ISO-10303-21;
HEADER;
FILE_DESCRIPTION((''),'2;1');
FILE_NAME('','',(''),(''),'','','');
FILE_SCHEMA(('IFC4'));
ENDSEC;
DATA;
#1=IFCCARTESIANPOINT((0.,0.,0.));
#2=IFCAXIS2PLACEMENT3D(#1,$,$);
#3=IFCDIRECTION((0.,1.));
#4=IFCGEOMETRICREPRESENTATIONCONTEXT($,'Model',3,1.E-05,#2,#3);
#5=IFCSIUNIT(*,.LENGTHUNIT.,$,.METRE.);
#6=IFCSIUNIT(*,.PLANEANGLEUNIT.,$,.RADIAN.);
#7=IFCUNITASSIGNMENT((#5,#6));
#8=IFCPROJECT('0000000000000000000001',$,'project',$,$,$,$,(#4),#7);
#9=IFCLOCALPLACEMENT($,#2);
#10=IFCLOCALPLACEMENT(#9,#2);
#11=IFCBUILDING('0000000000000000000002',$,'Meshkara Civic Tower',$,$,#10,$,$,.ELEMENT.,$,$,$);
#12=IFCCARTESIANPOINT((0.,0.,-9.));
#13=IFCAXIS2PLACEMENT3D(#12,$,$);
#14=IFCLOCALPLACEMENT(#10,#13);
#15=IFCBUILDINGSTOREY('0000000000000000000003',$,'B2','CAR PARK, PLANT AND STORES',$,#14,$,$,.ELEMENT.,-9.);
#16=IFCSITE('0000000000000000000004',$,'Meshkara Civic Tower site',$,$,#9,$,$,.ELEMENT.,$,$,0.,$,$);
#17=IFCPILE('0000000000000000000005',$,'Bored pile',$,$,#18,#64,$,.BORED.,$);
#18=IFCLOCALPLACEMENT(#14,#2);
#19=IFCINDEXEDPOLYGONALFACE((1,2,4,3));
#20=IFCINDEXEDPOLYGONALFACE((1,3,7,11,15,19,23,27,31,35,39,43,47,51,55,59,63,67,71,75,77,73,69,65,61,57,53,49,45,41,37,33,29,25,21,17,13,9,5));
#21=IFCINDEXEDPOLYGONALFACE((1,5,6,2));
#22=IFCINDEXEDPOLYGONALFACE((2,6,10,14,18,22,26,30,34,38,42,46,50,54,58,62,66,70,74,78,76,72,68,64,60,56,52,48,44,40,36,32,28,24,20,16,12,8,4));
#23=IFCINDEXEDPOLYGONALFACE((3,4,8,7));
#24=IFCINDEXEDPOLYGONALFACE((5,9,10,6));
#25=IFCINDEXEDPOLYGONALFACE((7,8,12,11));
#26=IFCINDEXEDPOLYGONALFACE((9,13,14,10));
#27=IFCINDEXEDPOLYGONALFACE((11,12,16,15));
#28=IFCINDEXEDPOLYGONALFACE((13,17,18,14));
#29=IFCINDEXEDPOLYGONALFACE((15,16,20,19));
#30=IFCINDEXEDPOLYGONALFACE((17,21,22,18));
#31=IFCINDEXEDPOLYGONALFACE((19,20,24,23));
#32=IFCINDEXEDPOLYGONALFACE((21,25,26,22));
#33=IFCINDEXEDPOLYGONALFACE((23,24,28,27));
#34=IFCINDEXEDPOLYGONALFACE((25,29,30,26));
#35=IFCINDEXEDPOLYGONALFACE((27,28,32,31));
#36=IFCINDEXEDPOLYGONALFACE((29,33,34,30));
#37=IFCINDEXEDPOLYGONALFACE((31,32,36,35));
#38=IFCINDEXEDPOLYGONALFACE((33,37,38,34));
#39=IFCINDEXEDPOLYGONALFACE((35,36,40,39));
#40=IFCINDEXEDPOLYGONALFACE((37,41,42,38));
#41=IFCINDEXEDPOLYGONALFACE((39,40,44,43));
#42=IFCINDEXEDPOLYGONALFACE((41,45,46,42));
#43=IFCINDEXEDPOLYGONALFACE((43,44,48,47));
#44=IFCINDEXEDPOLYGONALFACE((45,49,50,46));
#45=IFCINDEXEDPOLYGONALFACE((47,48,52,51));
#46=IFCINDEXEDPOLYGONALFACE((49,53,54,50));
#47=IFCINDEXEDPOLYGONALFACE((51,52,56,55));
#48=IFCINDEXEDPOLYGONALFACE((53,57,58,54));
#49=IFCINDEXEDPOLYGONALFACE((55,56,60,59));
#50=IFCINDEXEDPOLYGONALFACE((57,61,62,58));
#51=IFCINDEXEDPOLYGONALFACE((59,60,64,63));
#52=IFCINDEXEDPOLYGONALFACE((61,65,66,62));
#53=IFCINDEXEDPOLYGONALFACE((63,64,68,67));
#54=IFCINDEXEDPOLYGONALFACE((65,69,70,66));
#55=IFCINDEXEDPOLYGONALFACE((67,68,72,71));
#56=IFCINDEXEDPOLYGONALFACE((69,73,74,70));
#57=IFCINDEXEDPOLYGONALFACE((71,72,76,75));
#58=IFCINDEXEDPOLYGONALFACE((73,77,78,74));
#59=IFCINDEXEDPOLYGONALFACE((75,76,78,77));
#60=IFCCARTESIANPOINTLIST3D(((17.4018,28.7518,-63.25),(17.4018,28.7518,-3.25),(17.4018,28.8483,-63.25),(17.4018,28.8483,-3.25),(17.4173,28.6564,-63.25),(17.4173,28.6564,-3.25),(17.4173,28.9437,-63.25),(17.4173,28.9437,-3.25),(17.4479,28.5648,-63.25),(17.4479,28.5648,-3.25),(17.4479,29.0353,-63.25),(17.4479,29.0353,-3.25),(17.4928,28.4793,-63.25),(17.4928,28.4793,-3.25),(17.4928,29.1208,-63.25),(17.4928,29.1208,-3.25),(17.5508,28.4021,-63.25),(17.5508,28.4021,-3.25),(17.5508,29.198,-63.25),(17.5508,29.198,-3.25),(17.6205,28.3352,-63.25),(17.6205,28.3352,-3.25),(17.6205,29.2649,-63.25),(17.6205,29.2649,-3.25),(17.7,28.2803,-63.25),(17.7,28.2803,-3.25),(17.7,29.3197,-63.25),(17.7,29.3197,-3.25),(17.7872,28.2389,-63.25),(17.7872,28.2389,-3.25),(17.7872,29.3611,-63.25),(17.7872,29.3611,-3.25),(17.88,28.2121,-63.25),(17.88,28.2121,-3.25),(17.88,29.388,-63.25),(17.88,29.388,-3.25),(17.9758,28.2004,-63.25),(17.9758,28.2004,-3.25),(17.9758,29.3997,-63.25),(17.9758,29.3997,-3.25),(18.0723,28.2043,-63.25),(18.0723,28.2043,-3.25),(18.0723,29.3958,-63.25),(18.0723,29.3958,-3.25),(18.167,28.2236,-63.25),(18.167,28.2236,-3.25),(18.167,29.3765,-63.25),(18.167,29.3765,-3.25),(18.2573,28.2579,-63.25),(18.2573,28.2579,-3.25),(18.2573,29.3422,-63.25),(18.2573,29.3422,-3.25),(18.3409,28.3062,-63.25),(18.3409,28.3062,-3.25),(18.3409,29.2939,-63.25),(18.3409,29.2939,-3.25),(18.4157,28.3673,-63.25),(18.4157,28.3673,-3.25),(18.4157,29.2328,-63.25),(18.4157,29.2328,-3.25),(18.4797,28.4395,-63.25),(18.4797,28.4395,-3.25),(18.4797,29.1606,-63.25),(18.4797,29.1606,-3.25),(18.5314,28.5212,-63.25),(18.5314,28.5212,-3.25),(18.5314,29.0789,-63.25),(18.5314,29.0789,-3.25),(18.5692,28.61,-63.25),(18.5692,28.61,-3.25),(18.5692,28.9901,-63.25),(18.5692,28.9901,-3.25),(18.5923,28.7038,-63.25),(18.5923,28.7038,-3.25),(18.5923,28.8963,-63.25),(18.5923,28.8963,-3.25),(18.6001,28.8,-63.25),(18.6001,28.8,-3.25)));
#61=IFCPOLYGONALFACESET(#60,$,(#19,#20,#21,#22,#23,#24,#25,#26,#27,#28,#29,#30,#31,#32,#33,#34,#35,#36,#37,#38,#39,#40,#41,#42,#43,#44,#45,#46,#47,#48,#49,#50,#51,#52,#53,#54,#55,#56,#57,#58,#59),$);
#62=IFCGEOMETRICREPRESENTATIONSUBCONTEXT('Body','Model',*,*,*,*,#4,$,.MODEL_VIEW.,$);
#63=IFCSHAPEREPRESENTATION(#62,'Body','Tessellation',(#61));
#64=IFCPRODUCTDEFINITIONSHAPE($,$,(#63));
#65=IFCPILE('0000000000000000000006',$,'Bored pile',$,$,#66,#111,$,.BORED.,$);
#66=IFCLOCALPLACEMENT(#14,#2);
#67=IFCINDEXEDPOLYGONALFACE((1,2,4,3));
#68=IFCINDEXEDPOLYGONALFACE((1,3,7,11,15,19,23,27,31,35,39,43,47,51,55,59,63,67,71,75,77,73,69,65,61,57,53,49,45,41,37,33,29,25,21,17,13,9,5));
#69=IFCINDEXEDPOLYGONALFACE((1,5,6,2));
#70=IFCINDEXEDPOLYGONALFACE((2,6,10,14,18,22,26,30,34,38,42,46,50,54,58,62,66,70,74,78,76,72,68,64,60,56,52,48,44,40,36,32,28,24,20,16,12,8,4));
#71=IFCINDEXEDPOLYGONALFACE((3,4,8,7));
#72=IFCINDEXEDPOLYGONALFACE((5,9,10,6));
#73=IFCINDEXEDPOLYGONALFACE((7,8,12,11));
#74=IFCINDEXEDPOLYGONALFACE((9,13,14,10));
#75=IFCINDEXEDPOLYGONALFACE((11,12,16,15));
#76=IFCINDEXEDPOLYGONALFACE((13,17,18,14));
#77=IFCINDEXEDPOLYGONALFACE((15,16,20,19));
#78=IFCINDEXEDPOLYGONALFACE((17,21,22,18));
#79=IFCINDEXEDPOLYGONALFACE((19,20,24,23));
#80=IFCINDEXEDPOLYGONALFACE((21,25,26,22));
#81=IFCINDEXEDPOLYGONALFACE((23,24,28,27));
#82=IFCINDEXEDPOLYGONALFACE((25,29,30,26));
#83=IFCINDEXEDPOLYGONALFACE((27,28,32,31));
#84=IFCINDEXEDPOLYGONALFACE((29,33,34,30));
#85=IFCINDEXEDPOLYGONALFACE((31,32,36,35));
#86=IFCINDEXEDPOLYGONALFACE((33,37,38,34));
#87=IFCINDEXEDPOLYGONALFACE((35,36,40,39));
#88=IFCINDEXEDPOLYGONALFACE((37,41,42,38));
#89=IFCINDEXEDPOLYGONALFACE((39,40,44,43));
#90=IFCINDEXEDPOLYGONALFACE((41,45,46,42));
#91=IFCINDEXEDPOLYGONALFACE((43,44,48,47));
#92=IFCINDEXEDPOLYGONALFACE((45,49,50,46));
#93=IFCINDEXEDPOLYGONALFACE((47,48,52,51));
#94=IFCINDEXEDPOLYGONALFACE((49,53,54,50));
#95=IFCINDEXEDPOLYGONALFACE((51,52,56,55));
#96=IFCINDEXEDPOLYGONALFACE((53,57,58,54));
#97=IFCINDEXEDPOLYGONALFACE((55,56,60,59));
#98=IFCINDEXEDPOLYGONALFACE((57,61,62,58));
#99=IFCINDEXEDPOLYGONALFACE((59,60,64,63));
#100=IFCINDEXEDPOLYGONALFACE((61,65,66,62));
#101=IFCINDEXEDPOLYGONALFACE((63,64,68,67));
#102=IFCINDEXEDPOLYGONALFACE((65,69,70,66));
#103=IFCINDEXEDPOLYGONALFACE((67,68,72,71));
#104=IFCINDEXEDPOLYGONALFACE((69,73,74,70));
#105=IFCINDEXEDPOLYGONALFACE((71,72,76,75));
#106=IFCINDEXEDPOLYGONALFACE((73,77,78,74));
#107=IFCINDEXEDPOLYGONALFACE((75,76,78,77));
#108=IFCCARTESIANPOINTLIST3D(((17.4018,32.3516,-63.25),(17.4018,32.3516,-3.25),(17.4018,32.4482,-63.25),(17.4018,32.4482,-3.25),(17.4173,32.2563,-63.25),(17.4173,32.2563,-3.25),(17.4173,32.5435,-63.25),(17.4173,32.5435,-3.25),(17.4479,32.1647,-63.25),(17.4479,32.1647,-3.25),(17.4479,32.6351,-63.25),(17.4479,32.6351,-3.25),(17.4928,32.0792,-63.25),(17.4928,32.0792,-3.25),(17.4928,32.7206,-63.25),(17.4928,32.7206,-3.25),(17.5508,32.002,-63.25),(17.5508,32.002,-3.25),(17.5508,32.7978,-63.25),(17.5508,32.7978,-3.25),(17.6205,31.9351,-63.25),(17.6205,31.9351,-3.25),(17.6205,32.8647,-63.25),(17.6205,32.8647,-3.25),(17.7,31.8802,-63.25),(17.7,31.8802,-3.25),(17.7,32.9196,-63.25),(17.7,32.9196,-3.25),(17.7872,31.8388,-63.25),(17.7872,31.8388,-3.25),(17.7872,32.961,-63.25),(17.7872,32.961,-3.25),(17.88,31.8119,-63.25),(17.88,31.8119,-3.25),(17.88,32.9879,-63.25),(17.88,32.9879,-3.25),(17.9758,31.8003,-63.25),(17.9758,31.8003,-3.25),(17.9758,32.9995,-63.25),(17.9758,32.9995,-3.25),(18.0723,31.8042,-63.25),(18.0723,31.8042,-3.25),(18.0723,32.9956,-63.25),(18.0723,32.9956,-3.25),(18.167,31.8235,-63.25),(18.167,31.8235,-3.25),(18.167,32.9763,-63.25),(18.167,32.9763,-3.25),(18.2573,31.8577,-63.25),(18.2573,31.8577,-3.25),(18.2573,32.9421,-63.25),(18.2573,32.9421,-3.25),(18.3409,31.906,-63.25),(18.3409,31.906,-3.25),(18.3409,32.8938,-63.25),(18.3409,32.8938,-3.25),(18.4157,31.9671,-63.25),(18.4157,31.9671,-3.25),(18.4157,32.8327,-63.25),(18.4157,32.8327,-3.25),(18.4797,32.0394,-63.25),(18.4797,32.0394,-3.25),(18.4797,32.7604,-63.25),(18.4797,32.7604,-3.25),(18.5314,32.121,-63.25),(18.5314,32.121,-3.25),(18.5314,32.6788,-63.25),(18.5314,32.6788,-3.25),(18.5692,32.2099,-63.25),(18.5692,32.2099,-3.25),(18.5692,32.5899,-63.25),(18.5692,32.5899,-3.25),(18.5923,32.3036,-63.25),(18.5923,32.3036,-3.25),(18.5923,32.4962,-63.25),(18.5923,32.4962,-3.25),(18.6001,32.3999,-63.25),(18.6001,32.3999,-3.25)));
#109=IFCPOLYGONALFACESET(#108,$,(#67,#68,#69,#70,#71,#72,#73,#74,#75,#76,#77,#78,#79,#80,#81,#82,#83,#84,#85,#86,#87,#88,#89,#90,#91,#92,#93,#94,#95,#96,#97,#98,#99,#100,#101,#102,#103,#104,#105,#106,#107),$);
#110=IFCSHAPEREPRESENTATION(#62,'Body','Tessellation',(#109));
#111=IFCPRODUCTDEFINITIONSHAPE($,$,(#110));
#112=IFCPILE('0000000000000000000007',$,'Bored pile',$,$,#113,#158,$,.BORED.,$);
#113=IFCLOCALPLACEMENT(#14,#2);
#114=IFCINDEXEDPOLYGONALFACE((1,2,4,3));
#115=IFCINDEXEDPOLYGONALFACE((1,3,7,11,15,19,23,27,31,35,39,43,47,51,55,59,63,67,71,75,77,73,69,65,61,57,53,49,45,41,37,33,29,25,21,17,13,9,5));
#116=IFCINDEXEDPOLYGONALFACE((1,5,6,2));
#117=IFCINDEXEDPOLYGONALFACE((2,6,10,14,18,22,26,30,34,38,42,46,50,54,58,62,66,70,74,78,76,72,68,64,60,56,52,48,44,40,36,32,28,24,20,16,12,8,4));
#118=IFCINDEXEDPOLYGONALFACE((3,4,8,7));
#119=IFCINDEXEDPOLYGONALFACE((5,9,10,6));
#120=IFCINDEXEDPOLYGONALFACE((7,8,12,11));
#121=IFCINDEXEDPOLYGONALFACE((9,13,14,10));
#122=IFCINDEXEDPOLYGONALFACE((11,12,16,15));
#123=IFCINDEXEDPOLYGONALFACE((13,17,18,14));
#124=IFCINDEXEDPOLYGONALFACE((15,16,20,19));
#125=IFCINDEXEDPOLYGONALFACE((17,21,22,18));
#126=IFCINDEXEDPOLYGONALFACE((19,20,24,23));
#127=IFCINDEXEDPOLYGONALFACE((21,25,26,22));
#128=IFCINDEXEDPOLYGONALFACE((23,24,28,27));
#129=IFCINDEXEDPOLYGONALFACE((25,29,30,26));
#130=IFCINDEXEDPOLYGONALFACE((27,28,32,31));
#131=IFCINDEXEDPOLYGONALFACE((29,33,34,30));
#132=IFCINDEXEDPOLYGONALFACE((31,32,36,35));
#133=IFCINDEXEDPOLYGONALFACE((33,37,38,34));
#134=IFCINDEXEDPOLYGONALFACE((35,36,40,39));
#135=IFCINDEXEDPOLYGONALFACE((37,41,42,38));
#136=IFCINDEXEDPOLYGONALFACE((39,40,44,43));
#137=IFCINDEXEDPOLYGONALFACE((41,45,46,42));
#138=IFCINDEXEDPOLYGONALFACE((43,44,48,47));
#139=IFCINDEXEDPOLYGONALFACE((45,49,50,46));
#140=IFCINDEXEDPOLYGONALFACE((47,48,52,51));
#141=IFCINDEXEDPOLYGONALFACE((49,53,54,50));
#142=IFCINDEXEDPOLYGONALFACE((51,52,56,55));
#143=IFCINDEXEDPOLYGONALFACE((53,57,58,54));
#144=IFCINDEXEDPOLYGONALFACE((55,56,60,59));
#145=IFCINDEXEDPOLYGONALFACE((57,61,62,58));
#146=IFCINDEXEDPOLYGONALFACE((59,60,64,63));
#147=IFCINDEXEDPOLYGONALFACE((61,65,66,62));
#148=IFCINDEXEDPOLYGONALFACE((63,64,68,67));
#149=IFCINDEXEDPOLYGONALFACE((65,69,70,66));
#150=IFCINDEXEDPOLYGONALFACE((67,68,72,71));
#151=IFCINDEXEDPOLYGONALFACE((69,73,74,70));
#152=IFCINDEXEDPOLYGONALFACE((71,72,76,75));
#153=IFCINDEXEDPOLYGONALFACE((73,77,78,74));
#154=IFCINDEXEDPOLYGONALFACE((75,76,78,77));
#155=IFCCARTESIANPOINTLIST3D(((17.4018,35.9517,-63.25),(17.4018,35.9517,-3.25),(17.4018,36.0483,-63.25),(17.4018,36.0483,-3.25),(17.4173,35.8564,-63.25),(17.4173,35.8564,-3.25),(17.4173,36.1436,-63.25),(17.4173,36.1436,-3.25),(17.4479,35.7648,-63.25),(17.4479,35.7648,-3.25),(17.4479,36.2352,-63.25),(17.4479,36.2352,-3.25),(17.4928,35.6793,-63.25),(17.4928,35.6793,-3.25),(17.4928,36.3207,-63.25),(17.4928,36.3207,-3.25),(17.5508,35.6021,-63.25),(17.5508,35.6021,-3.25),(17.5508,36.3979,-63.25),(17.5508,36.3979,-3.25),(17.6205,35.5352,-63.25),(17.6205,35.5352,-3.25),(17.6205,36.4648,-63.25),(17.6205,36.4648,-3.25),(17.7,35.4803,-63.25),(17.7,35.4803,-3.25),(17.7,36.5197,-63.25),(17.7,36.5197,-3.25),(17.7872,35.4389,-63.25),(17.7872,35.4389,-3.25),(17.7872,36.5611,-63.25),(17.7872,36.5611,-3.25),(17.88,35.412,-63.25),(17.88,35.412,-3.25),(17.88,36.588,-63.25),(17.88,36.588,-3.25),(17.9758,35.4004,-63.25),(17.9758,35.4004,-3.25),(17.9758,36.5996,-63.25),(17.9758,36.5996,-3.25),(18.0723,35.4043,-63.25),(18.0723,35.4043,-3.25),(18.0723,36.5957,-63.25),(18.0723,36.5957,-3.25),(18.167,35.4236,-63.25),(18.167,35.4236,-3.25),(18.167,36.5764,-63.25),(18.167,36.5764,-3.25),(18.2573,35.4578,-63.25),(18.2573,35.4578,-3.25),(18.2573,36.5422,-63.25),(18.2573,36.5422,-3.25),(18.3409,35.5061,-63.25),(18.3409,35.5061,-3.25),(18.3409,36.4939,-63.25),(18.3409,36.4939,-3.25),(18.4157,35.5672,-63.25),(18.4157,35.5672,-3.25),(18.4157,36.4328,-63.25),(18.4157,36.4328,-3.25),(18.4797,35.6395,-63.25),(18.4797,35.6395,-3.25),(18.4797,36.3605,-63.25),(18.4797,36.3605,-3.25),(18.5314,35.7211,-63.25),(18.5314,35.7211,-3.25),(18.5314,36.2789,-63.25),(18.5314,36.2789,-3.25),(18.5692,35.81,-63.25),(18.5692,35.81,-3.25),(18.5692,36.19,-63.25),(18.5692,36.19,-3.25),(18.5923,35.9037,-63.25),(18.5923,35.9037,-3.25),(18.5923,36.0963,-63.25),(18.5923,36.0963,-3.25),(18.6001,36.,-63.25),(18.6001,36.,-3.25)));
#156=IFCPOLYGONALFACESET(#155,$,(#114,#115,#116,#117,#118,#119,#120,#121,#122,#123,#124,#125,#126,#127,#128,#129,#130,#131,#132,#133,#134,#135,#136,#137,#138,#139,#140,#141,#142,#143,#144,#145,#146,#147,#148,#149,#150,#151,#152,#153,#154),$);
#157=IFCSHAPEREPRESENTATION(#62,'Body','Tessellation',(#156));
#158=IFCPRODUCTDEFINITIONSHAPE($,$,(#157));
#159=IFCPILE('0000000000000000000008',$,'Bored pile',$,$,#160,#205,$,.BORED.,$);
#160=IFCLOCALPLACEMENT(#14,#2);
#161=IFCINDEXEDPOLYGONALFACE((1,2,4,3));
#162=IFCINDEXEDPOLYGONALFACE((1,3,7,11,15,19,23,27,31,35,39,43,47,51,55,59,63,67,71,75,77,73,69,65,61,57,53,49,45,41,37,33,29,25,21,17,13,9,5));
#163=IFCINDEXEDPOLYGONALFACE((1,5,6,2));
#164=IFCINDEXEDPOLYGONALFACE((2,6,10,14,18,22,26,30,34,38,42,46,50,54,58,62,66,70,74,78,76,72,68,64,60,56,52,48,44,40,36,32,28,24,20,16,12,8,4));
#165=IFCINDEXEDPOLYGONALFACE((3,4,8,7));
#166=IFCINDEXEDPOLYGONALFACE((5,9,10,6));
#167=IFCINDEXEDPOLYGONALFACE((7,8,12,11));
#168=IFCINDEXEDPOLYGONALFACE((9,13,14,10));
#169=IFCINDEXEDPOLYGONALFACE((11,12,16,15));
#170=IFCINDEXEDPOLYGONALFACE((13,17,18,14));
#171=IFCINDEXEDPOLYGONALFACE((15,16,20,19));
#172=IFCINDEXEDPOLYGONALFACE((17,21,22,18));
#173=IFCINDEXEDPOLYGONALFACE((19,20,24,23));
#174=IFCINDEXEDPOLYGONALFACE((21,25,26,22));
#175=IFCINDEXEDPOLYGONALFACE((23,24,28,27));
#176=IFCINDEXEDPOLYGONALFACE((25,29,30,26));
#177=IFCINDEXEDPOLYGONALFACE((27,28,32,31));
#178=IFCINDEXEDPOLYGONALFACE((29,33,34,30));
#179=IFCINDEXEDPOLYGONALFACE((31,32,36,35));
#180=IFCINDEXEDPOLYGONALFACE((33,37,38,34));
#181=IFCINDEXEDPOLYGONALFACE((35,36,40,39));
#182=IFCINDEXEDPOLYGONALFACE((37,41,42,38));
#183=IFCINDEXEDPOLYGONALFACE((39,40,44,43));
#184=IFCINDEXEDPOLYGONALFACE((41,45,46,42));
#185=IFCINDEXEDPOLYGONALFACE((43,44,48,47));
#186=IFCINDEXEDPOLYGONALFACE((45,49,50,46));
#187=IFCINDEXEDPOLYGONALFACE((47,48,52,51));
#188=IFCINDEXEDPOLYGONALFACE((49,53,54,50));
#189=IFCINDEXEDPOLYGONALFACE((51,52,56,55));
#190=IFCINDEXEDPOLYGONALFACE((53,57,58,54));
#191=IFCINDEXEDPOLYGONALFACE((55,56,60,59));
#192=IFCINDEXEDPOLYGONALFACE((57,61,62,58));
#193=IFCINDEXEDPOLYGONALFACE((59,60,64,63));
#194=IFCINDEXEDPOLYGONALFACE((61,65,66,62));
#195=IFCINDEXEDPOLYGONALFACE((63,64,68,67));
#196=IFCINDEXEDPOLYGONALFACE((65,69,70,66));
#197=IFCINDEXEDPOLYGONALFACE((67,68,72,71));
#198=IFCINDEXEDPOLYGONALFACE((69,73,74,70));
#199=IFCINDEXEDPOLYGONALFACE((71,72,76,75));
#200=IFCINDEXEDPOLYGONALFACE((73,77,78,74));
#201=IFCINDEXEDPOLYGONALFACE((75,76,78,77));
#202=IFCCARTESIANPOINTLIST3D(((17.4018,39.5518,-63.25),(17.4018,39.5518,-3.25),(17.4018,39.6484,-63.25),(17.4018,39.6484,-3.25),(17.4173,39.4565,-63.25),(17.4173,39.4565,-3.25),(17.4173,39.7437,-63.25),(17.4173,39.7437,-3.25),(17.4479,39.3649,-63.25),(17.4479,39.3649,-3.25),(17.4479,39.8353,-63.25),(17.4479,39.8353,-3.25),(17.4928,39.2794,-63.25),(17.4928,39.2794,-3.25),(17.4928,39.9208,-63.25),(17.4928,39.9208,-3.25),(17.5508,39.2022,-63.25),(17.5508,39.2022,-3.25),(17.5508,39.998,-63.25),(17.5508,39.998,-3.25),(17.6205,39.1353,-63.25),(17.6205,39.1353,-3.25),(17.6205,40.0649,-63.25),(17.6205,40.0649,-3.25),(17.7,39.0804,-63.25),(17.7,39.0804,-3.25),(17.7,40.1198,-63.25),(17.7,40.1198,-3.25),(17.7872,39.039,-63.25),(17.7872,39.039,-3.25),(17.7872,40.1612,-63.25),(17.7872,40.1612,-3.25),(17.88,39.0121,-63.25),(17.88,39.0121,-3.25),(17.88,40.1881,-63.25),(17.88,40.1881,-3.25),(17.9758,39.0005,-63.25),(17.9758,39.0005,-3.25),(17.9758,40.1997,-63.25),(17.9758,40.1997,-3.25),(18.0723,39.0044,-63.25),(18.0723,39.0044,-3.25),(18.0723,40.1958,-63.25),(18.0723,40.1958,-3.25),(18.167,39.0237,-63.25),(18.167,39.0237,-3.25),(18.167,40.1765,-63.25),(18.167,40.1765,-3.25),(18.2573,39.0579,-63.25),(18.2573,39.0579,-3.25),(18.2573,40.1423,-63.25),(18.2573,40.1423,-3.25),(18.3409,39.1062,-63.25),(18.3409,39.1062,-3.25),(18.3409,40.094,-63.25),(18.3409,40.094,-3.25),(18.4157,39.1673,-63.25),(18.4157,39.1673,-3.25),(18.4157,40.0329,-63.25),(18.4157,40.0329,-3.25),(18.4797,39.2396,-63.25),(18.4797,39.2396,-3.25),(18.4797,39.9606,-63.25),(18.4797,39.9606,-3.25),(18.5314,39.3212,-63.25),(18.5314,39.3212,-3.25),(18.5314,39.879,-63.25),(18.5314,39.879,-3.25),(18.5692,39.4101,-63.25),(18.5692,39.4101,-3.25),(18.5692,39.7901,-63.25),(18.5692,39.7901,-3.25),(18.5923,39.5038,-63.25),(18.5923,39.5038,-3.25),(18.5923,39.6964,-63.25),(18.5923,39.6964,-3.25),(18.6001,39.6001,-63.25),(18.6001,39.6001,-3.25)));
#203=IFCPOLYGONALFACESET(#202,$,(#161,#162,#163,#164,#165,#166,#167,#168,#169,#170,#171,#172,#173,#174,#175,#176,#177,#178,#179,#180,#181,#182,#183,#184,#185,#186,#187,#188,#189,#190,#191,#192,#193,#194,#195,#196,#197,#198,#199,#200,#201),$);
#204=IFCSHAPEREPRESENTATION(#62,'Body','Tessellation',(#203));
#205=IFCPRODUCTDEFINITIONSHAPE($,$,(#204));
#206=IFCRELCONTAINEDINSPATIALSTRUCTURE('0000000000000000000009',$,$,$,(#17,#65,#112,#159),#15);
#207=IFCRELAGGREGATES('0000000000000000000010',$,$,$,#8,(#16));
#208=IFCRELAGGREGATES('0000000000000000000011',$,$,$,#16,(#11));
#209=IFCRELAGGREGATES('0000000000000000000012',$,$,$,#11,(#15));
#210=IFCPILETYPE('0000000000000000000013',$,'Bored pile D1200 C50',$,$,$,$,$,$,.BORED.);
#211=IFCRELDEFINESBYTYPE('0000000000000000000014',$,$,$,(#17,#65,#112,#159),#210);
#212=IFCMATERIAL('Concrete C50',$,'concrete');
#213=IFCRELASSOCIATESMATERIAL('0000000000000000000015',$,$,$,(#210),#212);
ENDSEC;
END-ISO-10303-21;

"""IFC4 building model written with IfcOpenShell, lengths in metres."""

from ifc_helpers import new_model, si_unit, direction, frame, origin, origin_2d, place, context, subcontext, project, spatial, circle, extrude, material, material_profile, profile_set, type_object, element, save


model = new_model("IFC4")

# Units and contexts
model_context = context("Model", 3, precision=1e-05, world=origin(), true_north=direction((0.0, 1.0)))
body_context = subcontext(model_context, "Body", "Model", "MODEL_VIEW")
ifc_project = project(units=[si_unit("LENGTHUNIT", "METRE"), si_unit("PLANEANGLEUNIT", "RADIAN")], contexts=[model_context])

# Site, building, storey
site_placement = place(None, origin())
site = spatial("IfcSite", under=ifc_project, at=site_placement, Name="Meshkara Civic Tower site", CompositionType="ELEMENT", RefElevation=0.0)
building_placement = place(site_placement, origin())
building = spatial("IfcBuilding", under=site, at=building_placement, Name="Meshkara Civic Tower", CompositionType="ELEMENT")
storey_placement = place(building_placement, frame((0.0, 0.0, -9.0)))
storey = spatial("IfcBuildingStorey", under=building, at=storey_placement, Name="B2", Description="CAR PARK, PLANT AND STORES", CompositionType="ELEMENT", Elevation=-9.0)

# Piles
ifc_material_1 = material(Name="Concrete C50", Category="concrete")
ifc_material_profile_1 = material_profile(ifc_material_1, circle(Radius=0.6001, at=origin_2d()))
ifc_profile_set_1 = profile_set([ifc_material_profile_1], Name="Concrete C50")
pile_type = type_object("IfcPileType", Name="Bored pile D1200 C50", PredefinedType="BORED", material=ifc_profile_set_1)
for number, where, z_axis, x_axis, name in (
    (1, (18.0, 28.8, -3.25), (0.0, 0.0, -1.0), (1.0, 0.0, 0.0), "Bored pile"),
    (2, (18.0, 32.3999, -3.25), (0.0, 0.0, -1.0), (1.0, 0.0, 0.0), "Bored pile"),
    (3, (18.0, 36.0, -3.25), (0.0, 0.0, -1.0), (1.0, 0.0, 0.0), "Bored pile"),
    (4, (18.0, 39.6001, -3.25), (0.0, 0.0, -1.0), (1.0, 0.0, 0.0), "Bored pile"),
):
    element("IfcPile", number, at=place(storey_placement, frame(where, z_axis=z_axis, x_axis=x_axis)), inside=storey, type_object=pile_type, Name=name, PredefinedType="BORED", context=body_context, shape_type="SweptSolid", body=[
        extrude(circle(Radius=0.6001, at=origin_2d()), origin(), (0.0, 0.0, 1.0), 60.0),
    ])

save(model, "model.ifc")
